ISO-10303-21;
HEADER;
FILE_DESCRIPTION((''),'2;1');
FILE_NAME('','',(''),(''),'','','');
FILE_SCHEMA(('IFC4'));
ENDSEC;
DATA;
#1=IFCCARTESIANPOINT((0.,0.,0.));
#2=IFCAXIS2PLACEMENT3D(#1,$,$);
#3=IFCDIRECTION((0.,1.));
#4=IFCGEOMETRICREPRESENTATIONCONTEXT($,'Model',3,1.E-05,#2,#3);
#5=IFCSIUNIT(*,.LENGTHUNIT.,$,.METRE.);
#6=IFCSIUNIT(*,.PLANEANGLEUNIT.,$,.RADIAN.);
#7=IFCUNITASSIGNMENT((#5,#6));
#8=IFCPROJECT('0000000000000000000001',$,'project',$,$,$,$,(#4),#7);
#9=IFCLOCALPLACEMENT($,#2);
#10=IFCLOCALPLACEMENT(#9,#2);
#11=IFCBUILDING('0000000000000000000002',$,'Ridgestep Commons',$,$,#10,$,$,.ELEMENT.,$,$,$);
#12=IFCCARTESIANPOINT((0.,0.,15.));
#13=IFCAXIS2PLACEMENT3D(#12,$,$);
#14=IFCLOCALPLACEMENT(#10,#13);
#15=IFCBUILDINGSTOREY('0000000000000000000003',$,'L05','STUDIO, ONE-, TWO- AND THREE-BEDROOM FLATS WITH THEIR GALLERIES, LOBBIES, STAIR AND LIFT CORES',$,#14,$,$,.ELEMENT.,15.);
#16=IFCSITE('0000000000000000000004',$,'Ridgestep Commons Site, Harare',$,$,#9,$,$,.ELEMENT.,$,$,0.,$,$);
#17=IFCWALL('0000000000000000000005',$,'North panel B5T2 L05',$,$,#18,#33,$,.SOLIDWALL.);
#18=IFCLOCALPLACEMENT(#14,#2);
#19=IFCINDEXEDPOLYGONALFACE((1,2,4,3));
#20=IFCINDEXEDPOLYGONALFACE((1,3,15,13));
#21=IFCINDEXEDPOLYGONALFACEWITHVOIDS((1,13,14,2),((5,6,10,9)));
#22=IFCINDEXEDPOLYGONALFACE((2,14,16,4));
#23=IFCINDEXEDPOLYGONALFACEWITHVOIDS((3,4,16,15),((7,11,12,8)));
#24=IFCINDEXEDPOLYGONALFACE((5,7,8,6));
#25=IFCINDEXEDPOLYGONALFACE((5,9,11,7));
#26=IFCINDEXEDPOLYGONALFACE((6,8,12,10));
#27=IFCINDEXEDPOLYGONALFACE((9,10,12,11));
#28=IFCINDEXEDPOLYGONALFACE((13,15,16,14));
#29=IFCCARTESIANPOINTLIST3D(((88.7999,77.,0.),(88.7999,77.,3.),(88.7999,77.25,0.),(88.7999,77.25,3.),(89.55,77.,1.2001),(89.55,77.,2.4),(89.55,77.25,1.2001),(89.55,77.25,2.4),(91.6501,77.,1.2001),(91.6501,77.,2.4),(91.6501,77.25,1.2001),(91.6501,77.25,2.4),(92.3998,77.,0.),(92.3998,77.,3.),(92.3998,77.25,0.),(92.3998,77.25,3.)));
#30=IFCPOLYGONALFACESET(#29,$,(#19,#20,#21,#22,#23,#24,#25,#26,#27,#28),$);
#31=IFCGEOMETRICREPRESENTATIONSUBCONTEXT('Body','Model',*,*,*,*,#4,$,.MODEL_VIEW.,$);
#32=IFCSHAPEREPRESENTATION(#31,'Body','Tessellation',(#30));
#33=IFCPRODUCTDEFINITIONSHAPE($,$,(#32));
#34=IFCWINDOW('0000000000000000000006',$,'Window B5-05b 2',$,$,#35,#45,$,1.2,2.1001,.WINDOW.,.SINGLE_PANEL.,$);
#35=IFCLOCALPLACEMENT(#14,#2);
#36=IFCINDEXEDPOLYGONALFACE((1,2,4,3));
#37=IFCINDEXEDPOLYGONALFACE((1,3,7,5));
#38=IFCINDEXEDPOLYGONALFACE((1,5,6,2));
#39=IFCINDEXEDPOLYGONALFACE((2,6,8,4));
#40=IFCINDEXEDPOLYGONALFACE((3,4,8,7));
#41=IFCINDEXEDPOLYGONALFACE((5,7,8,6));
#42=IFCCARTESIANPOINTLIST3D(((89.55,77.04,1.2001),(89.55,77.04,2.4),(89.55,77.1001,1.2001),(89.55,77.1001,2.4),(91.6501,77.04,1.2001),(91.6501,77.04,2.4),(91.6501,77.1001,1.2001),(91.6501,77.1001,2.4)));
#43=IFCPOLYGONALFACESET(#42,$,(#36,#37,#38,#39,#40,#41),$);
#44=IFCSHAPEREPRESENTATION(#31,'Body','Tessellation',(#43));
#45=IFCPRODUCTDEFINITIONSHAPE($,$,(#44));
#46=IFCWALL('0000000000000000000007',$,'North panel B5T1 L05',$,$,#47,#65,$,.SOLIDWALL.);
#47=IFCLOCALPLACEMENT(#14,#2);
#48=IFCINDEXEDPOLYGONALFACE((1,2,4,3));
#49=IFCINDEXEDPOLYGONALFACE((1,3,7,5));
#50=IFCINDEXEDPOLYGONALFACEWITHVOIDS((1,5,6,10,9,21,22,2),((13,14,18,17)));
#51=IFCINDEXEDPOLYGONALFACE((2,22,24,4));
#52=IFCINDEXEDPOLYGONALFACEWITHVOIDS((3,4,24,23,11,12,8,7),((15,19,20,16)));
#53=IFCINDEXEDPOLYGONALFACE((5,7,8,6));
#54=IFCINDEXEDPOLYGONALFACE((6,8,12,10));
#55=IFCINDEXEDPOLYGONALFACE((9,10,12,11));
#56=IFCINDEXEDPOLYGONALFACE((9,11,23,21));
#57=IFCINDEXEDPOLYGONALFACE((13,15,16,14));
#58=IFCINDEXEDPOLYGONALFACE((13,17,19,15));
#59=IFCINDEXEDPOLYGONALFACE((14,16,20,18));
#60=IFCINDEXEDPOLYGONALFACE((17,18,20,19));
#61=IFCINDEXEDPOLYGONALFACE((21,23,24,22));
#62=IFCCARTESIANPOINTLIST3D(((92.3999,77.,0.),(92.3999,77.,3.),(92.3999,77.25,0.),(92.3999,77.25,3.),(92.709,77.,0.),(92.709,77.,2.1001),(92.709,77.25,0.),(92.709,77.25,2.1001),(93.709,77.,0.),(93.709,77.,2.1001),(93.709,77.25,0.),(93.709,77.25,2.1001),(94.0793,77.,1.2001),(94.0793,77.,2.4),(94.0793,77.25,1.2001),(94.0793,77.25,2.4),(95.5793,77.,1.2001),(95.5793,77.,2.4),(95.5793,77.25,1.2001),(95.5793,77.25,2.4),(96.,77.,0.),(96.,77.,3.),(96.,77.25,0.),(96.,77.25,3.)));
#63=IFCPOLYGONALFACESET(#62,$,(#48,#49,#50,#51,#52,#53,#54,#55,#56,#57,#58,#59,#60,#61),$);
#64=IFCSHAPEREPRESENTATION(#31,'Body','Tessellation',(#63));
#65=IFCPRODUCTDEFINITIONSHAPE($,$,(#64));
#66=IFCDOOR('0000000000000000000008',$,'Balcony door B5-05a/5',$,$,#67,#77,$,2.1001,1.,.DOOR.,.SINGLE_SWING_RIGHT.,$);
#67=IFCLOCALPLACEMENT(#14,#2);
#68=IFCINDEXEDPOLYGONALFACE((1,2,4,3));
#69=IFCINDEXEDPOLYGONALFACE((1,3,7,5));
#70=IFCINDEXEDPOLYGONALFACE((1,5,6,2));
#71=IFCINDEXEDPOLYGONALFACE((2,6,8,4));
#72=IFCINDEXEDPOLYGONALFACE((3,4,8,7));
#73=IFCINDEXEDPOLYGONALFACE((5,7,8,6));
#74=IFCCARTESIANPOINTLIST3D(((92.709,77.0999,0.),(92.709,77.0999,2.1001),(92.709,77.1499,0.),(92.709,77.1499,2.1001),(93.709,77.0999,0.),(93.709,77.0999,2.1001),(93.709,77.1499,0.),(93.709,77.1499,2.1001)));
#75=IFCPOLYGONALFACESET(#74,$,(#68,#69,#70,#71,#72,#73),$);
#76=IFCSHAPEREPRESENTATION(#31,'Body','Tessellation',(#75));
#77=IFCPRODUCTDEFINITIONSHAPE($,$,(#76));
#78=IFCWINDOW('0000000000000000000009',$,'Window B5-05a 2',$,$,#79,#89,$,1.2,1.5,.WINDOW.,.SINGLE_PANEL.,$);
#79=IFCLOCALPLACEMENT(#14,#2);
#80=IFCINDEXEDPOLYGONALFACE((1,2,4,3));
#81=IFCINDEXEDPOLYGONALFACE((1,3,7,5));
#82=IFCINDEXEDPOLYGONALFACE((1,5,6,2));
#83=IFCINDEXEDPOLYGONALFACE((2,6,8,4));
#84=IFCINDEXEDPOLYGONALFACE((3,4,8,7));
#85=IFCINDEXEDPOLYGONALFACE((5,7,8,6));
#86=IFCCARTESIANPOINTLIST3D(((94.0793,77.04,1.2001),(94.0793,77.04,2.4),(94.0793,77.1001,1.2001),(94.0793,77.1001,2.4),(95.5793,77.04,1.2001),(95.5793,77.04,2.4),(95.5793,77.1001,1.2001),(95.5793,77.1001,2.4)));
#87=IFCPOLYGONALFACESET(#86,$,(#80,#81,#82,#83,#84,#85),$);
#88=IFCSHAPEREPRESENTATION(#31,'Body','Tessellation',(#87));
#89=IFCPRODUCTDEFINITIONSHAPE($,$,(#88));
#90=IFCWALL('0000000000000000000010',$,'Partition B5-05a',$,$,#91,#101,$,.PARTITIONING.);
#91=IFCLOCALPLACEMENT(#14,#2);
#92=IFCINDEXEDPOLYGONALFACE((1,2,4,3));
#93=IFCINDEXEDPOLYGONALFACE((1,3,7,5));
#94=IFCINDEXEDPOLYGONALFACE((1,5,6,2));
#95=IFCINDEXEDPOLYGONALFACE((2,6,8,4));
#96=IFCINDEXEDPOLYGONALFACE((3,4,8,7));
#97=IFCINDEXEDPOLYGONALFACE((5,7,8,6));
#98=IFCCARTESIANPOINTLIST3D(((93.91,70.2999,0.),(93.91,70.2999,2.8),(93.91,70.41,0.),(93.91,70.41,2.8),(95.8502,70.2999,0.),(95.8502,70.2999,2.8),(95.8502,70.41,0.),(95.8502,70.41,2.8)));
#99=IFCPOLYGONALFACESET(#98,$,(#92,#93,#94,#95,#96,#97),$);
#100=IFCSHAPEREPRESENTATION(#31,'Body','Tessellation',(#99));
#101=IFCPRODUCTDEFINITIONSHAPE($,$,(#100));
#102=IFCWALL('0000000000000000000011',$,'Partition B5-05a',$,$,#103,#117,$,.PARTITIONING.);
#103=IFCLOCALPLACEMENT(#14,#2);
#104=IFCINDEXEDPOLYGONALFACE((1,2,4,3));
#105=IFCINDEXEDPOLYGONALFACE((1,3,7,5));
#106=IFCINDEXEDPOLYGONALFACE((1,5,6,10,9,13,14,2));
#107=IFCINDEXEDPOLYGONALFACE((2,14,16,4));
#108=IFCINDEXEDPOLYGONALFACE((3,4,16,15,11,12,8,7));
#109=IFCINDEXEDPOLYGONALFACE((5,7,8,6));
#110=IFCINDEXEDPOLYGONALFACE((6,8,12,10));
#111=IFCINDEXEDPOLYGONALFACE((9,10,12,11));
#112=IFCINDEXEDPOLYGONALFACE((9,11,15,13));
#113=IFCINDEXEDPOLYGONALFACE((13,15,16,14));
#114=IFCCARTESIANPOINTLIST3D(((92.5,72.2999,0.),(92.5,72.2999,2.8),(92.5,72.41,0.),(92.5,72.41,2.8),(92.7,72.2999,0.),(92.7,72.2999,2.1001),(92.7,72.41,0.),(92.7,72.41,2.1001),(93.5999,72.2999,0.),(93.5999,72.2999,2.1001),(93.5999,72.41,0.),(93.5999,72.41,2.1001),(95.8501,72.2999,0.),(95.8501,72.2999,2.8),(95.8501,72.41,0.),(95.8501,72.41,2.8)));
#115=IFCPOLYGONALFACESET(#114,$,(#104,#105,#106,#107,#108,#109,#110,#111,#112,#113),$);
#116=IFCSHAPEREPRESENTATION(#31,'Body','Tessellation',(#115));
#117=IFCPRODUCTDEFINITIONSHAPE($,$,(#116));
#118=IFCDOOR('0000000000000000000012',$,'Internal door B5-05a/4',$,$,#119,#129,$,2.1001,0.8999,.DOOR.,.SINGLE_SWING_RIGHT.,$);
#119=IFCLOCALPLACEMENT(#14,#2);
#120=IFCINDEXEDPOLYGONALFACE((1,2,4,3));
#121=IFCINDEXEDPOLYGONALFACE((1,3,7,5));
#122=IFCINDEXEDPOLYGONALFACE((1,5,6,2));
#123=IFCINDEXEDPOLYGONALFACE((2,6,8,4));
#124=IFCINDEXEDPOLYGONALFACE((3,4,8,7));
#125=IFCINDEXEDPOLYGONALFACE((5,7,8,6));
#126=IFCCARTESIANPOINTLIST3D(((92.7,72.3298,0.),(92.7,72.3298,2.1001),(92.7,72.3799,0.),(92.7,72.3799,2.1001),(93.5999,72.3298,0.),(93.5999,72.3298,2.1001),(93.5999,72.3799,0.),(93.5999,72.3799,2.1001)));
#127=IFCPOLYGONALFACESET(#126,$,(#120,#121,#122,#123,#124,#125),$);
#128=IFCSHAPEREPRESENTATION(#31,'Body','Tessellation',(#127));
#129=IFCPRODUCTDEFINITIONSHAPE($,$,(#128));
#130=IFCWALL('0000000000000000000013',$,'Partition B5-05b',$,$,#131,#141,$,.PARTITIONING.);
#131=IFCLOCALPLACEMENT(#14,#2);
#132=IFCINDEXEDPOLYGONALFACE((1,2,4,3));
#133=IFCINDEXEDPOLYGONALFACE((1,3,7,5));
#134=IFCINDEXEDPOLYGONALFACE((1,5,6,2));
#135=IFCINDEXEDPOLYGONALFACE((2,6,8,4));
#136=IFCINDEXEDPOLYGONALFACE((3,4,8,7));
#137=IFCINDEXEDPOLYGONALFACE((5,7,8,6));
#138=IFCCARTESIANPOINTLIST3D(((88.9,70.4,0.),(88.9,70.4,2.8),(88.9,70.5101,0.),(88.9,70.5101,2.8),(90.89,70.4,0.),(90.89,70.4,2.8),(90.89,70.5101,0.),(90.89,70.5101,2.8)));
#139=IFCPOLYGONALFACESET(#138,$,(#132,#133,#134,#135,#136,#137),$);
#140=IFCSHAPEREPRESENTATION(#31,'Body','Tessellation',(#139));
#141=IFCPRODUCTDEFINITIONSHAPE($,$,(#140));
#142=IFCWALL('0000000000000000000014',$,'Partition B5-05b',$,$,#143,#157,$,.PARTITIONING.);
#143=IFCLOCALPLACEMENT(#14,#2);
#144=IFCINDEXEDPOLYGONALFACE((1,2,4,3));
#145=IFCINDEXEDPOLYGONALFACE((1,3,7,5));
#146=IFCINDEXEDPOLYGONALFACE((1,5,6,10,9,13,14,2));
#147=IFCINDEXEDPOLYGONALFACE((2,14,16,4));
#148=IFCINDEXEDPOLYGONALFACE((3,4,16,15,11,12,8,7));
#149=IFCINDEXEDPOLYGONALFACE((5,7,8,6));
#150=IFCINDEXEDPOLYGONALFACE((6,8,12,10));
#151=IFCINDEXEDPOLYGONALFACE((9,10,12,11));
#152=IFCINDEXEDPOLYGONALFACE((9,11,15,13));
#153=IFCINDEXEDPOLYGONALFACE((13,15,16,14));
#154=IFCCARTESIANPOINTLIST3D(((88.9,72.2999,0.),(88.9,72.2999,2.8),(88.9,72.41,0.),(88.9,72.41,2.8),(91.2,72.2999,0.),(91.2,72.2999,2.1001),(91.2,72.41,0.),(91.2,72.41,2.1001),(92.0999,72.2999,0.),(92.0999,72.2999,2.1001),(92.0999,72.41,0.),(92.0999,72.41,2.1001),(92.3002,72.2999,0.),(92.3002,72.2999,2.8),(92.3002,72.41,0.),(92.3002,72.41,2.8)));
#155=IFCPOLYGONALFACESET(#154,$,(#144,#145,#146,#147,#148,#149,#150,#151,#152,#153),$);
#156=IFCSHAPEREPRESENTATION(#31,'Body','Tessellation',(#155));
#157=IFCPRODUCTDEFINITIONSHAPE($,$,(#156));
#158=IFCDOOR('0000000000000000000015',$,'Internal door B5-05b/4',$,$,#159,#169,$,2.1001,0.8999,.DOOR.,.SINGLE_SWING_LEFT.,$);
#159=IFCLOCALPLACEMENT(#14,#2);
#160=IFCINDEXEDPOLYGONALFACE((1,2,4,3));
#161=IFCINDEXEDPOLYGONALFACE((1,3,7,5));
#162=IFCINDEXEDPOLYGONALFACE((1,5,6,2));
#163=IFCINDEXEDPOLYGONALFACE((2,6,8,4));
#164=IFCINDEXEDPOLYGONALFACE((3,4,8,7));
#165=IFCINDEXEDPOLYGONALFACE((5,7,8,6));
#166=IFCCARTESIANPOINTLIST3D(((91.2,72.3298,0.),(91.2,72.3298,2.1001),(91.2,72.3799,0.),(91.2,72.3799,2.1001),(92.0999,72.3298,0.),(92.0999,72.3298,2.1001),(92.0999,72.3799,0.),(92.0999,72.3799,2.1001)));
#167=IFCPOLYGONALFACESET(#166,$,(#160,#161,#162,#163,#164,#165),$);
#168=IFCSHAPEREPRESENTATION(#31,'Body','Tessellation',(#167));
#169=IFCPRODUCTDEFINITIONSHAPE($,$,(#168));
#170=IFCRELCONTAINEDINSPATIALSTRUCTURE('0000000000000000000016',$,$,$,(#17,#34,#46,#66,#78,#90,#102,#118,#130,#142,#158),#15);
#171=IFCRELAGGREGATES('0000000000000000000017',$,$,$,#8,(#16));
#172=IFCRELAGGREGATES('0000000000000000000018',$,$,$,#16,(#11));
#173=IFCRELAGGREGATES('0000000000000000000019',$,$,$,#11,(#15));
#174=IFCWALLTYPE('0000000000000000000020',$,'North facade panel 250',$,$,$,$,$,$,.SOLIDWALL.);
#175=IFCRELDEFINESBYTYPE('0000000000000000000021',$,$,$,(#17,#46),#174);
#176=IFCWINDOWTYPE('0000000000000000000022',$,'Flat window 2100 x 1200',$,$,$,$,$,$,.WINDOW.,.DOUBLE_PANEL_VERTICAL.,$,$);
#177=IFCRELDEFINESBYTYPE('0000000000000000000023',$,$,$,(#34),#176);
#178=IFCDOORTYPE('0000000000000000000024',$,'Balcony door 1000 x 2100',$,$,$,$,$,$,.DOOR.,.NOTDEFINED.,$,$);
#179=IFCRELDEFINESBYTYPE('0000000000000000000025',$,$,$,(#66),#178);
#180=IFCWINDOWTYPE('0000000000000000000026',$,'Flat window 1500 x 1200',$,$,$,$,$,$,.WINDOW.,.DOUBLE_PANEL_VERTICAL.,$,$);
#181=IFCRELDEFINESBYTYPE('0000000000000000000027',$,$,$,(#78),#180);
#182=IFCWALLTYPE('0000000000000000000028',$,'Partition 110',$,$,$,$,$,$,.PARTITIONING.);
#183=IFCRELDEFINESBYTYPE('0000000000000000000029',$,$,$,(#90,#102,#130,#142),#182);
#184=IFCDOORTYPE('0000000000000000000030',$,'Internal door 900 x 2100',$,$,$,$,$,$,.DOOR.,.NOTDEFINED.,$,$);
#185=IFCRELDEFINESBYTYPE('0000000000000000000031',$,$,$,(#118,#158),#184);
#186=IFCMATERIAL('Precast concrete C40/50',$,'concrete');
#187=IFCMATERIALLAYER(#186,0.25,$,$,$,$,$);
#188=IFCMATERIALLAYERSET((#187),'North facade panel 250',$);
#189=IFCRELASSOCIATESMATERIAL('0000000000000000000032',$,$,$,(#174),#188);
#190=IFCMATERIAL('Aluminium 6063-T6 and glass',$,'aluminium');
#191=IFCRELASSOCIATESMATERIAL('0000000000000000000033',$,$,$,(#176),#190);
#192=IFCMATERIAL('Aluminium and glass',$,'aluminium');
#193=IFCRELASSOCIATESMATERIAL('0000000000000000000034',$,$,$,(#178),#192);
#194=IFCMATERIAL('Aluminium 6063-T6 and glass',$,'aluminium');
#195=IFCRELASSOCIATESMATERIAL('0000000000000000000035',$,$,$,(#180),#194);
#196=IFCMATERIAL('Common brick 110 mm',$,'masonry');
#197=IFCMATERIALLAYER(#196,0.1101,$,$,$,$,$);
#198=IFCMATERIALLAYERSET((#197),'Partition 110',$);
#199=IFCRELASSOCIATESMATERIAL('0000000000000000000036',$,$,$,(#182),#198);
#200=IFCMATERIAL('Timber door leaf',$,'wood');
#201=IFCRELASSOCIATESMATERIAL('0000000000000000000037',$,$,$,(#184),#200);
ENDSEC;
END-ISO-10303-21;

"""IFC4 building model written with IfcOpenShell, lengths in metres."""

from ifc_helpers import new_model, si_unit, direction, frame, frame_2d, origin, place, context, subcontext, project, spatial, rectangle, extrude, material, layer, layer_set, type_object, element, fill, save


model = new_model("IFC4")

# Units and contexts
model_context = context("Model", 3, precision=1e-05, world=origin(), true_north=direction((0.0, 1.0)))
body_context = subcontext(model_context, "Body", "Model", "MODEL_VIEW")
ifc_project = project(units=[si_unit("LENGTHUNIT", "METRE"), si_unit("PLANEANGLEUNIT", "RADIAN")], contexts=[model_context])

# Site, building, storey
site_placement = place(None, origin())
site = spatial("IfcSite", under=ifc_project, at=site_placement, Name="Ridgestep Commons Site, Harare", CompositionType="ELEMENT", RefElevation=0.0)
building_placement = place(site_placement, origin())
building = spatial("IfcBuilding", under=site, at=building_placement, Name="Ridgestep Commons", CompositionType="ELEMENT")
storey_placement = place(building_placement, frame((0.0, 0.0, 15.0)))
storey = spatial("IfcBuildingStorey", under=building, at=storey_placement, Name="L05", Description="STUDIO, ONE-, TWO- AND THREE-BEDROOM FLATS WITH THEIR GALLERIES, LOBBIES, STAIR AND LIFT CORES", CompositionType="ELEMENT", Elevation=15.0)

# Wall, opening, window
ifc_material_1 = material(Name="Precast concrete C40/50", Category="concrete")
ifc_layer_1 = layer(ifc_material_1, 0.25)
ifc_layer_set_1 = layer_set([ifc_layer_1], Name="North facade panel 250")
wall_type_1 = type_object("IfcWallType", Name="North facade panel 250", PredefinedType="SOLIDWALL", material=ifc_layer_set_1)
wall_1_placement = place(storey_placement, frame((88.8, 77.125, 0.0), z_axis=(0.0, 0.0, 1.0), x_axis=(1.0, 0.0, 0.0)))
wall_1 = element("IfcWall", 1, at=wall_1_placement, inside=storey, type_object=wall_type_1, Name="North panel B5T2 L05", PredefinedType="SOLIDWALL", context=body_context, shape_type="SweptSolid", body=[
    extrude(rectangle(XDim=3.5999, YDim=0.25, at=frame_2d((1.7998, 0.0))), origin(), (0.0, 0.0, 1.0), 3.0),
])
opening_1_placement = place(wall_1_placement, frame((0.75, 0.0, 1.2)))
opening_1 = element("IfcOpeningElement", 2, at=opening_1_placement, cuts=wall_1, PredefinedType="OPENING", context=body_context, shape_type="SweptSolid", body=[
    extrude(rectangle(XDim=2.1001, YDim=1.2, at=frame_2d((1.05, 0.6001))), frame((0.0, 0.135, 0.0), z_axis=(0.0, -1.0, 0.0), x_axis=(1.0, 0.0, 0.0)), (0.0, 0.0, 1.0), 0.27),
])
ifc_material_2 = material(Name="Aluminium 6063-T6 and glass", Category="aluminium")
window_type_1 = type_object("IfcWindowType", Name="Flat window 2100 x 1200", PartitioningType="DOUBLE_PANEL_VERTICAL", PredefinedType="WINDOW", material=ifc_material_2)
window_1_placement = place(opening_1_placement, origin())
window_1 = element("IfcWindow", 3, at=window_1_placement, inside=storey, type_object=window_type_1, Name="Window B5-05b 2", OverallHeight=1.2, OverallWidth=2.1001, PartitioningType="SINGLE_PANEL", PredefinedType="WINDOW", context=body_context, shape_type="SweptSolid", body=[
    extrude(rectangle(XDim=2.1001, YDim=1.2, at=frame_2d((1.05, 0.6001))), frame((0.0, -0.0249, 0.0), z_axis=(0.0, -1.0, 0.0), x_axis=(1.0, 0.0, 0.0)), (0.0, 0.0, 1.0), 0.0601),
])
fill(opening_1, window_1)

# Wall, openings, door, window
wall_2_placement = place(storey_placement, frame((92.3999, 77.125, 0.0), z_axis=(0.0, 0.0, 1.0), x_axis=(1.0, 0.0, 0.0)))
wall_2 = element("IfcWall", 4, at=wall_2_placement, inside=storey, type_object=wall_type_1, Name="North panel B5T1 L05", PredefinedType="SOLIDWALL", context=body_context, shape_type="SweptSolid", body=[
    extrude(rectangle(XDim=3.6001, YDim=0.25, at=frame_2d((1.8, 0.0))), origin(), (0.0, 0.0, 1.0), 3.0),
])
opening_2_placement = place(wall_2_placement, frame((1.6794, 0.0, 1.2)))
opening_2 = element("IfcOpeningElement", 5, at=opening_2_placement, cuts=wall_2, PredefinedType="OPENING", context=body_context, shape_type="SweptSolid", body=[
    extrude(rectangle(XDim=1.5, YDim=1.2, at=frame_2d((0.75, 0.6001))), frame((0.0, 0.135, 0.0), z_axis=(0.0, -1.0, 0.0), x_axis=(1.0, 0.0, 0.0)), (0.0, 0.0, 1.0), 0.27),
])
opening_3_placement = place(wall_2_placement, frame((0.3091, 0.0, 0.0)))
opening_3 = element("IfcOpeningElement", 6, at=opening_3_placement, cuts=wall_2, PredefinedType="OPENING", context=body_context, shape_type="SweptSolid", body=[
    extrude(rectangle(XDim=1.0, YDim=2.1001, at=frame_2d((0.5, 1.05))), frame((0.0, 0.135, 0.0), z_axis=(0.0, -1.0, 0.0), x_axis=(1.0, 0.0, 0.0)), (0.0, 0.0, 1.0), 0.27),
])
ifc_material_3 = material(Name="Aluminium and glass", Category="aluminium")
door_type_1 = type_object("IfcDoorType", Name="Balcony door 1000 x 2100", OperationType="NOTDEFINED", PredefinedType="DOOR", material=ifc_material_3)
door_1_placement = place(opening_3_placement, origin())
door_1 = element("IfcDoor", 7, at=door_1_placement, inside=storey, type_object=door_type_1, Name="Balcony door B5-05a/5", OperationType="SINGLE_SWING_RIGHT", OverallHeight=2.1001, OverallWidth=1.0, PredefinedType="DOOR", context=body_context, shape_type="SweptSolid", body=[
    extrude(rectangle(XDim=1.0, YDim=2.1001, at=frame_2d((0.5, 1.05))), frame((0.0, 0.0249, 0.0), z_axis=(0.0, -1.0, 0.0), x_axis=(1.0, 0.0, 0.0)), (0.0, 0.0, 1.0), 0.05),
])
fill(opening_3, door_1)
ifc_material_4 = material(Name="Aluminium 6063-T6 and glass", Category="aluminium")
window_type_2 = type_object("IfcWindowType", Name="Flat window 1500 x 1200", PartitioningType="DOUBLE_PANEL_VERTICAL", PredefinedType="WINDOW", material=ifc_material_4)
window_2_placement = place(opening_2_placement, origin())
window_2 = element("IfcWindow", 8, at=window_2_placement, inside=storey, type_object=window_type_2, Name="Window B5-05a 2", OverallHeight=1.2, OverallWidth=1.5, PartitioningType="SINGLE_PANEL", PredefinedType="WINDOW", context=body_context, shape_type="SweptSolid", body=[
    extrude(rectangle(XDim=1.5, YDim=1.2, at=frame_2d((0.75, 0.6001))), frame((0.0, -0.0249, 0.0), z_axis=(0.0, -1.0, 0.0), x_axis=(1.0, 0.0, 0.0)), (0.0, 0.0, 1.0), 0.0601),
])
fill(opening_2, window_2)

# Wall
ifc_material_5 = material(Name="Common brick 110 mm", Category="masonry")
ifc_layer_2 = layer(ifc_material_5, 0.1101)
ifc_layer_set_2 = layer_set([ifc_layer_2], Name="Partition 110")
wall_type_2 = type_object("IfcWallType", Name="Partition 110", PredefinedType="PARTITIONING", material=ifc_layer_set_2)
wall_3_placement = place(storey_placement, frame((93.9099, 70.355, 0.0), z_axis=(0.0, 0.0, 1.0), x_axis=(1.0, 0.0, 0.0)))
element("IfcWall", 9, at=wall_3_placement, inside=storey, type_object=wall_type_2, Name="Partition B5-05a", PredefinedType="PARTITIONING", context=body_context, shape_type="SweptSolid", body=[
    extrude(rectangle(XDim=1.9402, YDim=0.1101, at=frame_2d((0.9702, 0.0))), origin(), (0.0, 0.0, 1.0), 2.8),
])

# Wall, opening, door
wall_4_placement = place(storey_placement, frame((92.5, 72.355, 0.0), z_axis=(0.0, 0.0, 1.0), x_axis=(1.0, 0.0, 0.0)))
wall_4 = element("IfcWall", 10, at=wall_4_placement, inside=storey, type_object=wall_type_2, Name="Partition B5-05a", PredefinedType="PARTITIONING", context=body_context, shape_type="SweptSolid", body=[
    extrude(rectangle(XDim=3.3501, YDim=0.1101, at=frame_2d((1.675, 0.0))), origin(), (0.0, 0.0, 1.0), 2.8),
])
opening_4_placement = place(wall_4_placement, frame((0.2, 0.0, 0.0)))
opening_4 = element("IfcOpeningElement", 11, at=opening_4_placement, cuts=wall_4, PredefinedType="OPENING", context=body_context, shape_type="SweptSolid", body=[
    extrude(rectangle(XDim=0.8999, YDim=2.1001, at=frame_2d((0.45, 1.05))), frame((0.0, 0.0649, 0.0), z_axis=(0.0, -1.0, 0.0), x_axis=(1.0, 0.0, 0.0)), (0.0, 0.0, 1.0), 0.1301),
])
ifc_material_6 = material(Name="Timber door leaf", Category="wood")
door_type_2 = type_object("IfcDoorType", Name="Internal door 900 x 2100", OperationType="NOTDEFINED", PredefinedType="DOOR", material=ifc_material_6)
door_2_placement = place(opening_4_placement, origin())
door_2 = element("IfcDoor", 12, at=door_2_placement, inside=storey, type_object=door_type_2, Name="Internal door B5-05a/4", OperationType="SINGLE_SWING_RIGHT", OverallHeight=2.1001, OverallWidth=0.8999, PredefinedType="DOOR", context=body_context, shape_type="SweptSolid", body=[
    extrude(rectangle(XDim=0.8999, YDim=2.1001, at=frame_2d((0.45, 1.05))), frame((0.0, 0.0249, 0.0), z_axis=(0.0, -1.0, 0.0), x_axis=(1.0, 0.0, 0.0)), (0.0, 0.0, 1.0), 0.05),
])
fill(opening_4, door_2)

# Wall
wall_5_placement = place(storey_placement, frame((88.8999, 70.4551, 0.0), z_axis=(0.0, 0.0, 1.0), x_axis=(1.0, 0.0, 0.0)))
element("IfcWall", 13, at=wall_5_placement, inside=storey, type_object=wall_type_2, Name="Partition B5-05b", PredefinedType="PARTITIONING", context=body_context, shape_type="SweptSolid", body=[
    extrude(rectangle(XDim=1.99, YDim=0.1101, at=frame_2d((0.9951, 0.0))), origin(), (0.0, 0.0, 1.0), 2.8),
])

# Wall, opening, door
wall_6_placement = place(storey_placement, frame((88.8999, 72.355, 0.0), z_axis=(0.0, 0.0, 1.0), x_axis=(1.0, 0.0, 0.0)))
wall_6 = element("IfcWall", 14, at=wall_6_placement, inside=storey, type_object=wall_type_2, Name="Partition B5-05b", PredefinedType="PARTITIONING", context=body_context, shape_type="SweptSolid", body=[
    extrude(rectangle(XDim=3.4001, YDim=0.1101, at=frame_2d((1.7002, 0.0))), origin(), (0.0, 0.0, 1.0), 2.8),
])
opening_5_placement = place(wall_6_placement, frame((2.3, 0.0, 0.0)))
opening_5 = element("IfcOpeningElement", 15, at=opening_5_placement, cuts=wall_6, PredefinedType="OPENING", context=body_context, shape_type="SweptSolid", body=[
    extrude(rectangle(XDim=0.8999, YDim=2.1001, at=frame_2d((0.45, 1.05))), frame((0.0, 0.0649, 0.0), z_axis=(0.0, -1.0, 0.0), x_axis=(1.0, 0.0, 0.0)), (0.0, 0.0, 1.0), 0.1301),
])
door_3_placement = place(opening_5_placement, origin())
door_3 = element("IfcDoor", 16, at=door_3_placement, inside=storey, type_object=door_type_2, Name="Internal door B5-05b/4", OperationType="SINGLE_SWING_LEFT", OverallHeight=2.1001, OverallWidth=0.8999, PredefinedType="DOOR", context=body_context, shape_type="SweptSolid", body=[
    extrude(rectangle(XDim=0.8999, YDim=2.1001, at=frame_2d((0.45, 1.05))), frame((0.0, 0.0249, 0.0), z_axis=(0.0, -1.0, 0.0), x_axis=(1.0, 0.0, 0.0)), (0.0, 0.0, 1.0), 0.05),
])
fill(opening_5, door_3)

save(model, "model.ifc")
